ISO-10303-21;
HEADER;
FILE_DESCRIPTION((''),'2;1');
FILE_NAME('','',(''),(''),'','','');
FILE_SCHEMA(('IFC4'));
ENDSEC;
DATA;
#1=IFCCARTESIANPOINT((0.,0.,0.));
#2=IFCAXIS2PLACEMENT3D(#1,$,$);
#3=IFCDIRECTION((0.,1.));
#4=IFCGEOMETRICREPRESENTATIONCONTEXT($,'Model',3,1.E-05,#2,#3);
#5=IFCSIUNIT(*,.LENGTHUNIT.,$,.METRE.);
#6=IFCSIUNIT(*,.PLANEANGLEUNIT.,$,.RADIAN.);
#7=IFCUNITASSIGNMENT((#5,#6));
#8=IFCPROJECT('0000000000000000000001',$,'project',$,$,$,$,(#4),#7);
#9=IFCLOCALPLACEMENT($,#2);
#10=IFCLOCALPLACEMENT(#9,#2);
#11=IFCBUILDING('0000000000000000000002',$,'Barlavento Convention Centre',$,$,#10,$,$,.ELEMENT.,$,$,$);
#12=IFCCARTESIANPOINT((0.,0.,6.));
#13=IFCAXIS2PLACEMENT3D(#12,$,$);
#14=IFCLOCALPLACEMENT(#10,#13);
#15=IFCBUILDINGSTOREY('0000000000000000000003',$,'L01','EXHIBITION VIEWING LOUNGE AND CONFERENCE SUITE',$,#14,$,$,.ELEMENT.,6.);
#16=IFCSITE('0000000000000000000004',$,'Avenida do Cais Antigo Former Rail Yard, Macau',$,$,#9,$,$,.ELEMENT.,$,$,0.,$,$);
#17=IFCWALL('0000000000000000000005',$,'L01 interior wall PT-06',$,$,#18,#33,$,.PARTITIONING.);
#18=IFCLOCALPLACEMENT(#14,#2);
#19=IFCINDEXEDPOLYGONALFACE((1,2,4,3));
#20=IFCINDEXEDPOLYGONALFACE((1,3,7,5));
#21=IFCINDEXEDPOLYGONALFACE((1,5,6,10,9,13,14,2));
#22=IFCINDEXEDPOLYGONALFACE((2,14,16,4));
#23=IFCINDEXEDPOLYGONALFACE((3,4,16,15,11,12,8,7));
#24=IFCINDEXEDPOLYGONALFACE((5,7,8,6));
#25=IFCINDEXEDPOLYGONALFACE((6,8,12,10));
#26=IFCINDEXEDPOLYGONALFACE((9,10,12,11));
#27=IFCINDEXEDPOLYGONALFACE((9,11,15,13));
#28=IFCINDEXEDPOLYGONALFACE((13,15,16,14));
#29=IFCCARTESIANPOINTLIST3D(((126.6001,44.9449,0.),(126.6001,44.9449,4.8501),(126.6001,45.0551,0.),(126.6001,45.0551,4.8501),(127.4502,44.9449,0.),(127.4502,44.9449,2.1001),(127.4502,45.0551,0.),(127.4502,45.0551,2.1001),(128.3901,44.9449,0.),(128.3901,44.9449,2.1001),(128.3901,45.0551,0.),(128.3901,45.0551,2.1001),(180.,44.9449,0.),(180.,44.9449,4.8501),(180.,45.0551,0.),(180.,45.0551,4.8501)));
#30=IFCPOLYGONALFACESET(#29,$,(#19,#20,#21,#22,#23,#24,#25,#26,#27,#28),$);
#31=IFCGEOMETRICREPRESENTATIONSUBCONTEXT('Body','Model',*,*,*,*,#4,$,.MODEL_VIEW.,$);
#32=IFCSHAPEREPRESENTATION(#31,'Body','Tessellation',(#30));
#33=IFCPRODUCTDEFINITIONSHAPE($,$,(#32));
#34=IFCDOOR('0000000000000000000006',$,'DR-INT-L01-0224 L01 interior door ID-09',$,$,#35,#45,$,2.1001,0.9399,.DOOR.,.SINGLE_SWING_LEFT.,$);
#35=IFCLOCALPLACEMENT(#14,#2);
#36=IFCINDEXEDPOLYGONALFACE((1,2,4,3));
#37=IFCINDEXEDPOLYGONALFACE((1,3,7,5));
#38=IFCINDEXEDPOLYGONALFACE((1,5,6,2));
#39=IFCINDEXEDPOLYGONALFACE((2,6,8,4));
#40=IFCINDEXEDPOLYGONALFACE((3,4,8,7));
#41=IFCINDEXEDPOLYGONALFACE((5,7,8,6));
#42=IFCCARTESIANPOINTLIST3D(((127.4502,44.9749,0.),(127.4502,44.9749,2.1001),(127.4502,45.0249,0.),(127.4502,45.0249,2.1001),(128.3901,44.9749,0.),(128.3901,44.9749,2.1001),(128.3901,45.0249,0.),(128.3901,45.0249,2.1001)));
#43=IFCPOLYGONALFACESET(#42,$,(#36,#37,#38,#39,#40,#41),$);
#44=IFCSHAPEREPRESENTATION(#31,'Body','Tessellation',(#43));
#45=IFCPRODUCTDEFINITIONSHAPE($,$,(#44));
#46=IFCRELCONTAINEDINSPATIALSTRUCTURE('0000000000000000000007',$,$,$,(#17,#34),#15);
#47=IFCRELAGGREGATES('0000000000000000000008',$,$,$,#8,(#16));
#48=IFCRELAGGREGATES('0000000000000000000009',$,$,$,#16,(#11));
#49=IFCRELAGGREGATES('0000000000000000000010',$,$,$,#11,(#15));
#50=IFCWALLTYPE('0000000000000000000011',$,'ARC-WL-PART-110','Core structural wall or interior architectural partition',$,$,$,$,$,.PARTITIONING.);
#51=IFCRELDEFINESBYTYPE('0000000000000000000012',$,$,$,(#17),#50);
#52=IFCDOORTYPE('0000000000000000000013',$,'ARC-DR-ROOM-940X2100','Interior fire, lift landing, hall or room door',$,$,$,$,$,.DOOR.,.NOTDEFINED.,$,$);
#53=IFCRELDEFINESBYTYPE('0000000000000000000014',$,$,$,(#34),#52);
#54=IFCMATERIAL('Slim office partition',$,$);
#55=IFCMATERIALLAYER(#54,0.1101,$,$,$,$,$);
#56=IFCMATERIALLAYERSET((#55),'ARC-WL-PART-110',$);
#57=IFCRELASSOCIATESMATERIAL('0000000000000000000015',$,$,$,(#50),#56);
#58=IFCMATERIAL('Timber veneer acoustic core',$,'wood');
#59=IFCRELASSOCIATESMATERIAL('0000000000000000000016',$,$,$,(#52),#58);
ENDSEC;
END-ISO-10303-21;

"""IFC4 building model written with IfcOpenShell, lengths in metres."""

from ifc_helpers import new_model, si_unit, direction, frame, frame_2d, origin, place, context, subcontext, project, spatial, rectangle, extrude, material, layer, layer_set, type_object, element, fill, save


model = new_model("IFC4")

# Units and contexts
model_context = context("Model", 3, precision=1e-05, world=origin(), true_north=direction((0.0, 1.0)))
body_context = subcontext(model_context, "Body", "Model", "MODEL_VIEW")
ifc_project = project(units=[si_unit("LENGTHUNIT", "METRE"), si_unit("PLANEANGLEUNIT", "RADIAN")], contexts=[model_context])

# Site, building, storey
site_placement = place(None, origin())
site = spatial("IfcSite", under=ifc_project, at=site_placement, Name="Avenida do Cais Antigo Former Rail Yard, Macau", CompositionType="ELEMENT", RefElevation=0.0)
building_placement = place(site_placement, origin())
building = spatial("IfcBuilding", under=site, at=building_placement, Name="Barlavento Convention Centre", CompositionType="ELEMENT")
storey_placement = place(building_placement, frame((0.0, 0.0, 6.0)))
storey = spatial("IfcBuildingStorey", under=building, at=storey_placement, Name="L01", Description="EXHIBITION VIEWING LOUNGE AND CONFERENCE SUITE", CompositionType="ELEMENT", Elevation=6.0)

# Wall, opening, door
ifc_material_1 = material(Name="Slim office partition")
ifc_layer_1 = layer(ifc_material_1, 0.1101)
ifc_layer_set_1 = layer_set([ifc_layer_1], Name="ARC-WL-PART-110")
wall_type = type_object("IfcWallType", Name="ARC-WL-PART-110", Description="Core structural wall or interior architectural partition", PredefinedType="PARTITIONING", material=ifc_layer_set_1)
wall_placement = place(storey_placement, frame((126.6001, 45.0, 0.0), z_axis=(0.0, 0.0, 1.0), x_axis=(1.0, 0.0, 0.0)))
wall = element("IfcWall", 1, at=wall_placement, inside=storey, type_object=wall_type, Name="L01 interior wall PT-06", PredefinedType="PARTITIONING", context=body_context, shape_type="SweptSolid", body=[
    extrude(rectangle(XDim=53.3999, YDim=0.1101, at=frame_2d((26.7, 0.0))), origin(), (0.0, 0.0, 1.0), 4.8501),
])
opening_placement = place(wall_placement, frame((0.8501, 0.0, 0.0)))
opening = element("IfcOpeningElement", 2, at=opening_placement, cuts=wall, PredefinedType="OPENING", context=body_context, shape_type="SweptSolid", body=[
    extrude(rectangle(XDim=0.9399, YDim=2.1001, at=frame_2d((0.47, 1.05))), frame((0.0, 0.0649, 0.0), z_axis=(0.0, -1.0, 0.0), x_axis=(1.0, 0.0, 0.0)), (0.0, 0.0, 1.0), 0.1301),
])
ifc_material_2 = material(Name="Timber veneer acoustic core", Category="wood")
door_type = type_object("IfcDoorType", Name="ARC-DR-ROOM-940X2100", Description="Interior fire, lift landing, hall or room door", OperationType="NOTDEFINED", PredefinedType="DOOR", material=ifc_material_2)
door_placement = place(opening_placement, origin())
door = element("IfcDoor", 3, at=door_placement, inside=storey, type_object=door_type, Name="DR-INT-L01-0224 L01 interior door ID-09", OperationType="SINGLE_SWING_LEFT", OverallHeight=2.1001, OverallWidth=0.9399, PredefinedType="DOOR", context=body_context, shape_type="SweptSolid", body=[
    extrude(rectangle(XDim=0.9399, YDim=2.1001, at=frame_2d((0.47, 1.05))), frame((0.0, 0.0249, 0.0), z_axis=(0.0, -1.0, 0.0), x_axis=(1.0, 0.0, 0.0)), (0.0, 0.0, 1.0), 0.05),
])
fill(opening, door)

save(model, "model.ifc")
